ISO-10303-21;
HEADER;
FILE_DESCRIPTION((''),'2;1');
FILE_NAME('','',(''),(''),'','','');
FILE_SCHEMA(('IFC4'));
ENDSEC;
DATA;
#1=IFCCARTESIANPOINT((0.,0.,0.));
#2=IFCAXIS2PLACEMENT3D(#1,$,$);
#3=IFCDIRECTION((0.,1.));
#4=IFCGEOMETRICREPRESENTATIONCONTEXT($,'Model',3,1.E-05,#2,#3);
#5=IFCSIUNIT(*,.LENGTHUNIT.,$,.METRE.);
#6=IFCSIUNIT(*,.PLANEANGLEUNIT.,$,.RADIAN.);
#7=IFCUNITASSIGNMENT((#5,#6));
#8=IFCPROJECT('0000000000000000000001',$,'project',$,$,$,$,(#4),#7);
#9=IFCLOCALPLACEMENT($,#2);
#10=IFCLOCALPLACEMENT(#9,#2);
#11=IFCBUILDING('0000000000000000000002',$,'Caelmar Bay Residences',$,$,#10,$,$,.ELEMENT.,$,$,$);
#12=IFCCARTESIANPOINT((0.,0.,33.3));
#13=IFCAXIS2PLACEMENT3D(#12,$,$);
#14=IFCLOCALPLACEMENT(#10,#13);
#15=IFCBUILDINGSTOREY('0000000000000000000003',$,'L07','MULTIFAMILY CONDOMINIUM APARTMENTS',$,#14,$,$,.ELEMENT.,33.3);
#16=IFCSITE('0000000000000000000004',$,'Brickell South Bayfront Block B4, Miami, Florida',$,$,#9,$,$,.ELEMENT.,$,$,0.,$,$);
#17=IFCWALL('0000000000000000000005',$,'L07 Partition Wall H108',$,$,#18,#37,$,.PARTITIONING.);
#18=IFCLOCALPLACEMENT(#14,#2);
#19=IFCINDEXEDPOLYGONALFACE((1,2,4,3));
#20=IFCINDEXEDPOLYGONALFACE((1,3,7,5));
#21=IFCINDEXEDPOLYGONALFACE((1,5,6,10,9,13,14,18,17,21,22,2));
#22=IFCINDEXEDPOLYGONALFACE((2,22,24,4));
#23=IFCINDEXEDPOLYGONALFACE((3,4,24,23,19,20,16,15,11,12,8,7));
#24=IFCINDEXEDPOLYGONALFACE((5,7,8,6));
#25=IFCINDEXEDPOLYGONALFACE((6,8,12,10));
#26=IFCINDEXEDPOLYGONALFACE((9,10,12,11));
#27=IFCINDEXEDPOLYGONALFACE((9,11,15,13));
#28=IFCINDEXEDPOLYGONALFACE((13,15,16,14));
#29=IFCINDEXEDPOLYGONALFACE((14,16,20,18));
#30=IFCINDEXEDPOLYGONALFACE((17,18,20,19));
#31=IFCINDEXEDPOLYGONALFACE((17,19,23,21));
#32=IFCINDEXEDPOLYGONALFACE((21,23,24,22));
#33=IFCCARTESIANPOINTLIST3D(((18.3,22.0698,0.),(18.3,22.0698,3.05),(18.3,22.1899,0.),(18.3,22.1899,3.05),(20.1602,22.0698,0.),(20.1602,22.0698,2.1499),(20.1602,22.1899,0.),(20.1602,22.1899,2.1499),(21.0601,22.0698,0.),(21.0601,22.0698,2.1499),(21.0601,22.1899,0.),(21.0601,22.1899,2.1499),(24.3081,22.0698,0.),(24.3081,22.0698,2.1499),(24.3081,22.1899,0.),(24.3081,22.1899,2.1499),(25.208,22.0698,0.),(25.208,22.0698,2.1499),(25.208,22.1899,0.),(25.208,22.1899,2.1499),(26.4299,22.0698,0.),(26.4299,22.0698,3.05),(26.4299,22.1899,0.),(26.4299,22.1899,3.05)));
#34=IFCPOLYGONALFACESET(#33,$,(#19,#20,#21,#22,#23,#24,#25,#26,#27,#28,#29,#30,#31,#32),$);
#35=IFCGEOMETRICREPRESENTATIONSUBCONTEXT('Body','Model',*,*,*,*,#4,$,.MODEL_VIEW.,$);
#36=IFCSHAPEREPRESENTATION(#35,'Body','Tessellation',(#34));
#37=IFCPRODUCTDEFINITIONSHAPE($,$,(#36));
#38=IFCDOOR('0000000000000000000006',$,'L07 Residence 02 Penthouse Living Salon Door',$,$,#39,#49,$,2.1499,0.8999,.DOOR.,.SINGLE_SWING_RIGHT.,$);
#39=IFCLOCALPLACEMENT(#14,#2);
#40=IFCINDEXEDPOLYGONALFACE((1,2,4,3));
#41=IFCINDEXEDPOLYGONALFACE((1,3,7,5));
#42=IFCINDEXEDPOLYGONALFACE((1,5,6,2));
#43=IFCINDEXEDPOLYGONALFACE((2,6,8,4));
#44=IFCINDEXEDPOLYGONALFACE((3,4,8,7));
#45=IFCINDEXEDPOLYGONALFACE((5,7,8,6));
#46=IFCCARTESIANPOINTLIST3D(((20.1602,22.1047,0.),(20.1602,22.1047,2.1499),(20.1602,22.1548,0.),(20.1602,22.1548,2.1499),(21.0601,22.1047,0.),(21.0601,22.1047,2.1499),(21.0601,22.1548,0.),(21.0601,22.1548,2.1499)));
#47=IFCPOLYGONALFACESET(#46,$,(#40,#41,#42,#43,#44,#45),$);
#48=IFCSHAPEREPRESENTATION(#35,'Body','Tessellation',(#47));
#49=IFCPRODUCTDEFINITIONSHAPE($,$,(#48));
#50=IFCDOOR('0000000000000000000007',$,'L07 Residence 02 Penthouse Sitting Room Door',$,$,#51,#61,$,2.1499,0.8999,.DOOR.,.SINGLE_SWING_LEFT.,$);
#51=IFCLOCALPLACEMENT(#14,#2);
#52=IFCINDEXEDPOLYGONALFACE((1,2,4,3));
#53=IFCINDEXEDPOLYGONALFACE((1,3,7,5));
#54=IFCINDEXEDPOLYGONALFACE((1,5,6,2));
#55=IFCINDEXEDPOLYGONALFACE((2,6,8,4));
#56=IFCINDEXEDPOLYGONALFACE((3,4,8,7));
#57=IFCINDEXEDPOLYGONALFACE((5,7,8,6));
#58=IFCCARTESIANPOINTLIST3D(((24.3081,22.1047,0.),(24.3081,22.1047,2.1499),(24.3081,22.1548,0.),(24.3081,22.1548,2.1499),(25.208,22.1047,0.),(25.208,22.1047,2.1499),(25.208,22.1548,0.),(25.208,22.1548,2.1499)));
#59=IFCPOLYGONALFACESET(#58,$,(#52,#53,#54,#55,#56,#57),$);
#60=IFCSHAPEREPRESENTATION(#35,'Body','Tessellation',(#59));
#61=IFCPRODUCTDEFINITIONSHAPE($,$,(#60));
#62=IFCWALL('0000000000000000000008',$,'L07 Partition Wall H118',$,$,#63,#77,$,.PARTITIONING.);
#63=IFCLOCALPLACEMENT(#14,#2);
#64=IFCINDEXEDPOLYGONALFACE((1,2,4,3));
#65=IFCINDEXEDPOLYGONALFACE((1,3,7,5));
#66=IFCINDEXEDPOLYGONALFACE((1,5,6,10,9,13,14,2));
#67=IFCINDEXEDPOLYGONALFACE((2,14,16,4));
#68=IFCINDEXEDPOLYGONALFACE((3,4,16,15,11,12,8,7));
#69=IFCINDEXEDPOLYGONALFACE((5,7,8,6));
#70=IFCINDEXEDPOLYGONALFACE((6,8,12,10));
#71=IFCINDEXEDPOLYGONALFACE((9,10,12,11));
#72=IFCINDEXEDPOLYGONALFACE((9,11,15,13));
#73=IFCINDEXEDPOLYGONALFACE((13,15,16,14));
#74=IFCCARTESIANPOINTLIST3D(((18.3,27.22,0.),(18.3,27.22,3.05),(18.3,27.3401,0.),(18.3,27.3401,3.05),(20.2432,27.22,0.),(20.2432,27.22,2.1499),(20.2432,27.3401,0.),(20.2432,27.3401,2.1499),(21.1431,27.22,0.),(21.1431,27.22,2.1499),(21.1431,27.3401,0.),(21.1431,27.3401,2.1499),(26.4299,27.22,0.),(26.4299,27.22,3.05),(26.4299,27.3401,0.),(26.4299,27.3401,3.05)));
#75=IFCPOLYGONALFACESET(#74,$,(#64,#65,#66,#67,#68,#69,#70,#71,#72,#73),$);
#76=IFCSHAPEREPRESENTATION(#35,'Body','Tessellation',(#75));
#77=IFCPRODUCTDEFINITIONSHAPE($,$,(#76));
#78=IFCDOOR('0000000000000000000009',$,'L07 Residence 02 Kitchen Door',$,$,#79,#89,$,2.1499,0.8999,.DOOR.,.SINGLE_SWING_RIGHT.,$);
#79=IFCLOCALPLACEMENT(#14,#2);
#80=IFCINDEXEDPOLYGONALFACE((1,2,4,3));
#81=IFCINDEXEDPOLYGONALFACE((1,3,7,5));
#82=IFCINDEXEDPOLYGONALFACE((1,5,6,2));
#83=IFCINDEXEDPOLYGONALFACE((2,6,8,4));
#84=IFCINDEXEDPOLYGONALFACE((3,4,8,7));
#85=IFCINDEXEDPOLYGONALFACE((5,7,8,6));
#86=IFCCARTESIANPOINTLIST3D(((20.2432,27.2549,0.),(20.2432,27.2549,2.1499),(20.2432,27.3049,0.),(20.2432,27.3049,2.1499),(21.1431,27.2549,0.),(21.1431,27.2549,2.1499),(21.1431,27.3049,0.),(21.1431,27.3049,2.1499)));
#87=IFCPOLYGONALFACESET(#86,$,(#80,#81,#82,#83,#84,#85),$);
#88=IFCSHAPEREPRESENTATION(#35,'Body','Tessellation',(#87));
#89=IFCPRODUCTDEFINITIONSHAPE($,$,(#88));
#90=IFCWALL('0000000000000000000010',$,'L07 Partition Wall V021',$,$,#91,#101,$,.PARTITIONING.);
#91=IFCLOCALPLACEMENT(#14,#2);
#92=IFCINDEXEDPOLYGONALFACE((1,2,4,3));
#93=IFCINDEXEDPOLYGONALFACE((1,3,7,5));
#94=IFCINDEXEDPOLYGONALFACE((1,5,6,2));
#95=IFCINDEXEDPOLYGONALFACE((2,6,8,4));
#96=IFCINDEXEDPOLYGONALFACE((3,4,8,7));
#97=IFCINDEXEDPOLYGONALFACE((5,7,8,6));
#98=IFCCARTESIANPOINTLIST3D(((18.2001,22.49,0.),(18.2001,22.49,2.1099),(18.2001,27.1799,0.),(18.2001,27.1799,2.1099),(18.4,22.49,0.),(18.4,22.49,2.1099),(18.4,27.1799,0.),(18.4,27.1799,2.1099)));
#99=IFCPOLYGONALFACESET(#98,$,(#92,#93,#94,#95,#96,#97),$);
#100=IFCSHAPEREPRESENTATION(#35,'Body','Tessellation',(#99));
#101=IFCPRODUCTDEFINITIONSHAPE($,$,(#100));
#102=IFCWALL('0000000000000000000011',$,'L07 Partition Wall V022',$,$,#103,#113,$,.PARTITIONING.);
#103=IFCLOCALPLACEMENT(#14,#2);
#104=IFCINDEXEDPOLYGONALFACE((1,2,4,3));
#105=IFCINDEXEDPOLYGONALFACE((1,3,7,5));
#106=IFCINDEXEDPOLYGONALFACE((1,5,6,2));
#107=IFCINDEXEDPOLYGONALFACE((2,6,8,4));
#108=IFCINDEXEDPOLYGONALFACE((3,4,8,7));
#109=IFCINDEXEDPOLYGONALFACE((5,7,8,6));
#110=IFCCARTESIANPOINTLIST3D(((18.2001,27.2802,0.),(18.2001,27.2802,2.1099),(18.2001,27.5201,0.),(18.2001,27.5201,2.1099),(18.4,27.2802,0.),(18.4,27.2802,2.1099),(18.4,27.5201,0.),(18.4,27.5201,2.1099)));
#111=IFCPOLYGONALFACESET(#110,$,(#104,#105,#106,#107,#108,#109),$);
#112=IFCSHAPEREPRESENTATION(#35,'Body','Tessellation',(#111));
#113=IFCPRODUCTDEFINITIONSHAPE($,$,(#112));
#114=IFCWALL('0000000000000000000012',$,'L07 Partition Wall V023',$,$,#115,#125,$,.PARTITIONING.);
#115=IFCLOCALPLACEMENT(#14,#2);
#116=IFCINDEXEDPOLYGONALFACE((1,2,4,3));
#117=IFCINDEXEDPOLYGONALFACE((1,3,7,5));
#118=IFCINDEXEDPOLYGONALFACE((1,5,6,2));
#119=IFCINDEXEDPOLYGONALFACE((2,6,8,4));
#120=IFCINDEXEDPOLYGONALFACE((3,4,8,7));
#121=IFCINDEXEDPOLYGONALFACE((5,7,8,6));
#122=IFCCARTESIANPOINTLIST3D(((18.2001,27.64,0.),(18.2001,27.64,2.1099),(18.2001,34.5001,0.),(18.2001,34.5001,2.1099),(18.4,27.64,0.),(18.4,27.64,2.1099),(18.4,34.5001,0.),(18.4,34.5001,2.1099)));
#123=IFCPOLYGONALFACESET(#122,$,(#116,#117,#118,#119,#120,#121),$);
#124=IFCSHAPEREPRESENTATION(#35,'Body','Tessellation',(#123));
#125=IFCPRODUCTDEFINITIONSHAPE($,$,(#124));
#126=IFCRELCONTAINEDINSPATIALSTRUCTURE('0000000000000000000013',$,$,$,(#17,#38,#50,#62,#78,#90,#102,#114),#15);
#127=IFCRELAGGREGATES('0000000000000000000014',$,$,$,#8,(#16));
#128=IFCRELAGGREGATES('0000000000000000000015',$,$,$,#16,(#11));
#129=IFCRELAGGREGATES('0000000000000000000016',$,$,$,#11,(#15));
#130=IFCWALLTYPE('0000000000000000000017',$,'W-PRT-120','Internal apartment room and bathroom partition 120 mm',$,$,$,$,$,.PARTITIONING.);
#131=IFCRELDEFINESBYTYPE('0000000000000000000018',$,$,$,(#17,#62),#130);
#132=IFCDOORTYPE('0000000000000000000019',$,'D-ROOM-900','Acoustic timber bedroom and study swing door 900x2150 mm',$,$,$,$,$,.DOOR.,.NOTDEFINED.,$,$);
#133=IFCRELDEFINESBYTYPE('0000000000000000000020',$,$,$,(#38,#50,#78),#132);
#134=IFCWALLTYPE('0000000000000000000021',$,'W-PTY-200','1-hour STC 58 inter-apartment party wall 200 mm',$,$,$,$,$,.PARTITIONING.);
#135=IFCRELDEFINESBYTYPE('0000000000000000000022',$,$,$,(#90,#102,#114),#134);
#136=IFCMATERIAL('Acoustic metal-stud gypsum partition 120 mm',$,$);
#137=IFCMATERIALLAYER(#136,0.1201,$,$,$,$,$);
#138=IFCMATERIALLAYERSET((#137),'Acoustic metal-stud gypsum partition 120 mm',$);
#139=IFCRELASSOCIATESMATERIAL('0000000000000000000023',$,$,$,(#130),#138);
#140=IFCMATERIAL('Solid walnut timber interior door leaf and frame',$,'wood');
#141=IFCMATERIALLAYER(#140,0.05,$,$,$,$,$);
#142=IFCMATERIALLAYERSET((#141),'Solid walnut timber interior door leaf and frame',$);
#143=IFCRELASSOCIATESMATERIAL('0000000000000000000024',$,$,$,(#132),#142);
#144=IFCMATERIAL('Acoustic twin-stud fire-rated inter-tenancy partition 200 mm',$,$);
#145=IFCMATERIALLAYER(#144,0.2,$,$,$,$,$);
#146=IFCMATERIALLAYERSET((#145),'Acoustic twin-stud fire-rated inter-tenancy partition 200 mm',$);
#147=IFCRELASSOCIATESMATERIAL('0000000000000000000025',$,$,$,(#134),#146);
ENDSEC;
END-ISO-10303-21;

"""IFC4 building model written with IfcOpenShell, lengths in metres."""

from ifc_helpers import new_model, si_unit, direction, frame, frame_2d, origin, place, context, subcontext, project, spatial, rectangle, extrude, material, layer, layer_set, type_object, element, fill, save


model = new_model("IFC4")

# Units and contexts
model_context = context("Model", 3, precision=1e-05, world=origin(), true_north=direction((0.0, 1.0)))
body_context = subcontext(model_context, "Body", "Model", "MODEL_VIEW")
ifc_project = project(units=[si_unit("LENGTHUNIT", "METRE"), si_unit("PLANEANGLEUNIT", "RADIAN")], contexts=[model_context])

# Site, building, storey
site_placement = place(None, origin())
site = spatial("IfcSite", under=ifc_project, at=site_placement, Name="Brickell South Bayfront Block B4, Miami, Florida", CompositionType="ELEMENT", RefElevation=0.0)
building_placement = place(site_placement, origin())
building = spatial("IfcBuilding", under=site, at=building_placement, Name="Caelmar Bay Residences", CompositionType="ELEMENT")
storey_placement = place(building_placement, frame((0.0, 0.0, 33.3)))
storey = spatial("IfcBuildingStorey", under=building, at=storey_placement, Name="L07", Description="MULTIFAMILY CONDOMINIUM APARTMENTS", CompositionType="ELEMENT", Elevation=33.3)

# Shared definitions
ifc_material_1 = material(Name="Acoustic metal-stud gypsum partition 120 mm")
ifc_layer_1 = layer(ifc_material_1, 0.1201)
ifc_layer_set_1 = layer_set([ifc_layer_1], Name="Acoustic metal-stud gypsum partition 120 mm")
wall_type_1 = type_object("IfcWallType", Name="W-PRT-120", Description="Internal apartment room and bathroom partition 120 mm", PredefinedType="PARTITIONING", material=ifc_layer_set_1)

# Shared definitions
ifc_material_2 = material(Name="Solid walnut timber interior door leaf and frame", Category="wood")
ifc_layer_2 = layer(ifc_material_2, 0.05)
ifc_layer_set_2 = layer_set([ifc_layer_2], Name="Solid walnut timber interior door leaf and frame")
door_type_1 = type_object("IfcDoorType", Name="D-ROOM-900", Description="Acoustic timber bedroom and study swing door 900x2150 mm", OperationType="NOTDEFINED", PredefinedType="DOOR", material=ifc_layer_set_2)

# Wall, openings, doors
wall_1_placement = place(storey_placement, frame((18.3, 22.1299, 0.0), z_axis=(0.0, 0.0, 1.0), x_axis=(1.0, 0.0, 0.0)))
wall_1 = element("IfcWall", 1, at=wall_1_placement, inside=storey, type_object=wall_type_1, Name="L07 Partition Wall H108", PredefinedType="PARTITIONING", context=body_context, shape_type="SweptSolid", body=[
    extrude(rectangle(XDim=8.1299, YDim=0.1201, at=frame_2d((4.0649, 0.0))), origin(), (0.0, 0.0, 1.0), 3.05),
])
opening_1_placement = place(wall_1_placement, frame((1.8601, 0.0, 0.0)))
opening_1 = element("IfcOpeningElement", 2, at=opening_1_placement, cuts=wall_1, PredefinedType="OPENING", context=body_context, shape_type="SweptSolid", body=[
    extrude(rectangle(XDim=0.8999, YDim=2.1499, at=frame_2d((0.45, 1.075))), frame((0.0, 0.0701, 0.0), z_axis=(0.0, -1.0, 0.0), x_axis=(1.0, 0.0, 0.0)), (0.0, 0.0, 1.0), 0.1401),
])
opening_2_placement = place(wall_1_placement, frame((6.0081, 0.0, 0.0)))
opening_2 = element("IfcOpeningElement", 3, at=opening_2_placement, cuts=wall_1, PredefinedType="OPENING", context=body_context, shape_type="SweptSolid", body=[
    extrude(rectangle(XDim=0.8999, YDim=2.1499, at=frame_2d((0.45, 1.075))), frame((0.0, 0.0701, 0.0), z_axis=(0.0, -1.0, 0.0), x_axis=(1.0, 0.0, 0.0)), (0.0, 0.0, 1.0), 0.1401),
])
door_1_placement = place(opening_1_placement, origin())
door_1 = element("IfcDoor", 4, at=door_1_placement, inside=storey, type_object=door_type_1, Name="L07 Residence 02 Penthouse Living Salon Door", OperationType="SINGLE_SWING_RIGHT", OverallHeight=2.1499, OverallWidth=0.8999, PredefinedType="DOOR", context=body_context, shape_type="SweptSolid", body=[
    extrude(rectangle(XDim=0.8999, YDim=2.1499, at=frame_2d((0.45, 1.075))), frame((0.0, 0.0249, 0.0), z_axis=(0.0, -1.0, 0.0), x_axis=(1.0, 0.0, 0.0)), (0.0, 0.0, 1.0), 0.05),
])
fill(opening_1, door_1)
door_2_placement = place(opening_2_placement, origin())
door_2 = element("IfcDoor", 5, at=door_2_placement, inside=storey, type_object=door_type_1, Name="L07 Residence 02 Penthouse Sitting Room Door", OperationType="SINGLE_SWING_LEFT", OverallHeight=2.1499, OverallWidth=0.8999, PredefinedType="DOOR", context=body_context, shape_type="SweptSolid", body=[
    extrude(rectangle(XDim=0.8999, YDim=2.1499, at=frame_2d((0.45, 1.075))), frame((0.0, 0.0249, 0.0), z_axis=(0.0, -1.0, 0.0), x_axis=(1.0, 0.0, 0.0)), (0.0, 0.0, 1.0), 0.05),
])
fill(opening_2, door_2)

# Wall, opening, door
wall_2_placement = place(storey_placement, frame((18.3, 27.28, 0.0), z_axis=(0.0, 0.0, 1.0), x_axis=(1.0, 0.0, 0.0)))
wall_2 = element("IfcWall", 6, at=wall_2_placement, inside=storey, type_object=wall_type_1, Name="L07 Partition Wall H118", PredefinedType="PARTITIONING", context=body_context, shape_type="SweptSolid", body=[
    extrude(rectangle(XDim=8.1299, YDim=0.1201, at=frame_2d((4.0649, 0.0))), origin(), (0.0, 0.0, 1.0), 3.05),
])
opening_3_placement = place(wall_2_placement, frame((1.9431, 0.0, 0.0)))
opening_3 = element("IfcOpeningElement", 7, at=opening_3_placement, cuts=wall_2, PredefinedType="OPENING", context=body_context, shape_type="SweptSolid", body=[
    extrude(rectangle(XDim=0.8999, YDim=2.1499, at=frame_2d((0.45, 1.075))), frame((0.0, 0.0701, 0.0), z_axis=(0.0, -1.0, 0.0), x_axis=(1.0, 0.0, 0.0)), (0.0, 0.0, 1.0), 0.1401),
])
door_3_placement = place(opening_3_placement, origin())
door_3 = element("IfcDoor", 8, at=door_3_placement, inside=storey, type_object=door_type_1, Name="L07 Residence 02 Kitchen Door", OperationType="SINGLE_SWING_RIGHT", OverallHeight=2.1499, OverallWidth=0.8999, PredefinedType="DOOR", context=body_context, shape_type="SweptSolid", body=[
    extrude(rectangle(XDim=0.8999, YDim=2.1499, at=frame_2d((0.45, 1.075))), frame((0.0, 0.0249, 0.0), z_axis=(0.0, -1.0, 0.0), x_axis=(1.0, 0.0, 0.0)), (0.0, 0.0, 1.0), 0.05),
])
fill(opening_3, door_3)

# Walls
ifc_material_3 = material(Name="Acoustic twin-stud fire-rated inter-tenancy partition 200 mm")
ifc_layer_3 = layer(ifc_material_3, 0.2)
ifc_layer_set_3 = layer_set([ifc_layer_3], Name="Acoustic twin-stud fire-rated inter-tenancy partition 200 mm")
wall_type_2 = type_object("IfcWallType", Name="W-PTY-200", Description="1-hour STC 58 inter-apartment party wall 200 mm", PredefinedType="PARTITIONING", material=ifc_layer_set_3)
wall_3_placement = place(storey_placement, frame((18.3, 22.49, 0.0), z_axis=(0.0, 0.0, 1.0), x_axis=(0.0, 1.0, 0.0)))
element("IfcWall", 9, at=wall_3_placement, inside=storey, type_object=wall_type_2, Name="L07 Partition Wall V021", PredefinedType="PARTITIONING", context=body_context, shape_type="SweptSolid", body=[
    extrude(rectangle(XDim=4.6899, YDim=0.2, at=frame_2d((2.345, 0.0))), origin(), (0.0, 0.0, 1.0), 2.1099),
])
wall_4_placement = place(storey_placement, frame((18.3, 27.28, 0.0), z_axis=(0.0, 0.0, 1.0), x_axis=(0.0, 1.0, 0.0)))
element("IfcWall", 10, at=wall_4_placement, inside=storey, type_object=wall_type_2, Name="L07 Partition Wall V022", PredefinedType="PARTITIONING", context=body_context, shape_type="SweptSolid", body=[
    extrude(rectangle(XDim=0.24, YDim=0.2, at=frame_2d((0.1201, 0.0))), origin(), (0.0, 0.0, 1.0), 2.1099),
])
wall_5_placement = place(storey_placement, frame((18.3, 27.6399, 0.0), z_axis=(0.0, 0.0, 1.0), x_axis=(0.0, 1.0, 0.0)))
element("IfcWall", 11, at=wall_5_placement, inside=storey, type_object=wall_type_2, Name="L07 Partition Wall V023", PredefinedType="PARTITIONING", context=body_context, shape_type="SweptSolid", body=[
    extrude(rectangle(XDim=6.8601, YDim=0.2, at=frame_2d((3.4302, 0.0))), origin(), (0.0, 0.0, 1.0), 2.1099),
])

save(model, "model.ifc")
